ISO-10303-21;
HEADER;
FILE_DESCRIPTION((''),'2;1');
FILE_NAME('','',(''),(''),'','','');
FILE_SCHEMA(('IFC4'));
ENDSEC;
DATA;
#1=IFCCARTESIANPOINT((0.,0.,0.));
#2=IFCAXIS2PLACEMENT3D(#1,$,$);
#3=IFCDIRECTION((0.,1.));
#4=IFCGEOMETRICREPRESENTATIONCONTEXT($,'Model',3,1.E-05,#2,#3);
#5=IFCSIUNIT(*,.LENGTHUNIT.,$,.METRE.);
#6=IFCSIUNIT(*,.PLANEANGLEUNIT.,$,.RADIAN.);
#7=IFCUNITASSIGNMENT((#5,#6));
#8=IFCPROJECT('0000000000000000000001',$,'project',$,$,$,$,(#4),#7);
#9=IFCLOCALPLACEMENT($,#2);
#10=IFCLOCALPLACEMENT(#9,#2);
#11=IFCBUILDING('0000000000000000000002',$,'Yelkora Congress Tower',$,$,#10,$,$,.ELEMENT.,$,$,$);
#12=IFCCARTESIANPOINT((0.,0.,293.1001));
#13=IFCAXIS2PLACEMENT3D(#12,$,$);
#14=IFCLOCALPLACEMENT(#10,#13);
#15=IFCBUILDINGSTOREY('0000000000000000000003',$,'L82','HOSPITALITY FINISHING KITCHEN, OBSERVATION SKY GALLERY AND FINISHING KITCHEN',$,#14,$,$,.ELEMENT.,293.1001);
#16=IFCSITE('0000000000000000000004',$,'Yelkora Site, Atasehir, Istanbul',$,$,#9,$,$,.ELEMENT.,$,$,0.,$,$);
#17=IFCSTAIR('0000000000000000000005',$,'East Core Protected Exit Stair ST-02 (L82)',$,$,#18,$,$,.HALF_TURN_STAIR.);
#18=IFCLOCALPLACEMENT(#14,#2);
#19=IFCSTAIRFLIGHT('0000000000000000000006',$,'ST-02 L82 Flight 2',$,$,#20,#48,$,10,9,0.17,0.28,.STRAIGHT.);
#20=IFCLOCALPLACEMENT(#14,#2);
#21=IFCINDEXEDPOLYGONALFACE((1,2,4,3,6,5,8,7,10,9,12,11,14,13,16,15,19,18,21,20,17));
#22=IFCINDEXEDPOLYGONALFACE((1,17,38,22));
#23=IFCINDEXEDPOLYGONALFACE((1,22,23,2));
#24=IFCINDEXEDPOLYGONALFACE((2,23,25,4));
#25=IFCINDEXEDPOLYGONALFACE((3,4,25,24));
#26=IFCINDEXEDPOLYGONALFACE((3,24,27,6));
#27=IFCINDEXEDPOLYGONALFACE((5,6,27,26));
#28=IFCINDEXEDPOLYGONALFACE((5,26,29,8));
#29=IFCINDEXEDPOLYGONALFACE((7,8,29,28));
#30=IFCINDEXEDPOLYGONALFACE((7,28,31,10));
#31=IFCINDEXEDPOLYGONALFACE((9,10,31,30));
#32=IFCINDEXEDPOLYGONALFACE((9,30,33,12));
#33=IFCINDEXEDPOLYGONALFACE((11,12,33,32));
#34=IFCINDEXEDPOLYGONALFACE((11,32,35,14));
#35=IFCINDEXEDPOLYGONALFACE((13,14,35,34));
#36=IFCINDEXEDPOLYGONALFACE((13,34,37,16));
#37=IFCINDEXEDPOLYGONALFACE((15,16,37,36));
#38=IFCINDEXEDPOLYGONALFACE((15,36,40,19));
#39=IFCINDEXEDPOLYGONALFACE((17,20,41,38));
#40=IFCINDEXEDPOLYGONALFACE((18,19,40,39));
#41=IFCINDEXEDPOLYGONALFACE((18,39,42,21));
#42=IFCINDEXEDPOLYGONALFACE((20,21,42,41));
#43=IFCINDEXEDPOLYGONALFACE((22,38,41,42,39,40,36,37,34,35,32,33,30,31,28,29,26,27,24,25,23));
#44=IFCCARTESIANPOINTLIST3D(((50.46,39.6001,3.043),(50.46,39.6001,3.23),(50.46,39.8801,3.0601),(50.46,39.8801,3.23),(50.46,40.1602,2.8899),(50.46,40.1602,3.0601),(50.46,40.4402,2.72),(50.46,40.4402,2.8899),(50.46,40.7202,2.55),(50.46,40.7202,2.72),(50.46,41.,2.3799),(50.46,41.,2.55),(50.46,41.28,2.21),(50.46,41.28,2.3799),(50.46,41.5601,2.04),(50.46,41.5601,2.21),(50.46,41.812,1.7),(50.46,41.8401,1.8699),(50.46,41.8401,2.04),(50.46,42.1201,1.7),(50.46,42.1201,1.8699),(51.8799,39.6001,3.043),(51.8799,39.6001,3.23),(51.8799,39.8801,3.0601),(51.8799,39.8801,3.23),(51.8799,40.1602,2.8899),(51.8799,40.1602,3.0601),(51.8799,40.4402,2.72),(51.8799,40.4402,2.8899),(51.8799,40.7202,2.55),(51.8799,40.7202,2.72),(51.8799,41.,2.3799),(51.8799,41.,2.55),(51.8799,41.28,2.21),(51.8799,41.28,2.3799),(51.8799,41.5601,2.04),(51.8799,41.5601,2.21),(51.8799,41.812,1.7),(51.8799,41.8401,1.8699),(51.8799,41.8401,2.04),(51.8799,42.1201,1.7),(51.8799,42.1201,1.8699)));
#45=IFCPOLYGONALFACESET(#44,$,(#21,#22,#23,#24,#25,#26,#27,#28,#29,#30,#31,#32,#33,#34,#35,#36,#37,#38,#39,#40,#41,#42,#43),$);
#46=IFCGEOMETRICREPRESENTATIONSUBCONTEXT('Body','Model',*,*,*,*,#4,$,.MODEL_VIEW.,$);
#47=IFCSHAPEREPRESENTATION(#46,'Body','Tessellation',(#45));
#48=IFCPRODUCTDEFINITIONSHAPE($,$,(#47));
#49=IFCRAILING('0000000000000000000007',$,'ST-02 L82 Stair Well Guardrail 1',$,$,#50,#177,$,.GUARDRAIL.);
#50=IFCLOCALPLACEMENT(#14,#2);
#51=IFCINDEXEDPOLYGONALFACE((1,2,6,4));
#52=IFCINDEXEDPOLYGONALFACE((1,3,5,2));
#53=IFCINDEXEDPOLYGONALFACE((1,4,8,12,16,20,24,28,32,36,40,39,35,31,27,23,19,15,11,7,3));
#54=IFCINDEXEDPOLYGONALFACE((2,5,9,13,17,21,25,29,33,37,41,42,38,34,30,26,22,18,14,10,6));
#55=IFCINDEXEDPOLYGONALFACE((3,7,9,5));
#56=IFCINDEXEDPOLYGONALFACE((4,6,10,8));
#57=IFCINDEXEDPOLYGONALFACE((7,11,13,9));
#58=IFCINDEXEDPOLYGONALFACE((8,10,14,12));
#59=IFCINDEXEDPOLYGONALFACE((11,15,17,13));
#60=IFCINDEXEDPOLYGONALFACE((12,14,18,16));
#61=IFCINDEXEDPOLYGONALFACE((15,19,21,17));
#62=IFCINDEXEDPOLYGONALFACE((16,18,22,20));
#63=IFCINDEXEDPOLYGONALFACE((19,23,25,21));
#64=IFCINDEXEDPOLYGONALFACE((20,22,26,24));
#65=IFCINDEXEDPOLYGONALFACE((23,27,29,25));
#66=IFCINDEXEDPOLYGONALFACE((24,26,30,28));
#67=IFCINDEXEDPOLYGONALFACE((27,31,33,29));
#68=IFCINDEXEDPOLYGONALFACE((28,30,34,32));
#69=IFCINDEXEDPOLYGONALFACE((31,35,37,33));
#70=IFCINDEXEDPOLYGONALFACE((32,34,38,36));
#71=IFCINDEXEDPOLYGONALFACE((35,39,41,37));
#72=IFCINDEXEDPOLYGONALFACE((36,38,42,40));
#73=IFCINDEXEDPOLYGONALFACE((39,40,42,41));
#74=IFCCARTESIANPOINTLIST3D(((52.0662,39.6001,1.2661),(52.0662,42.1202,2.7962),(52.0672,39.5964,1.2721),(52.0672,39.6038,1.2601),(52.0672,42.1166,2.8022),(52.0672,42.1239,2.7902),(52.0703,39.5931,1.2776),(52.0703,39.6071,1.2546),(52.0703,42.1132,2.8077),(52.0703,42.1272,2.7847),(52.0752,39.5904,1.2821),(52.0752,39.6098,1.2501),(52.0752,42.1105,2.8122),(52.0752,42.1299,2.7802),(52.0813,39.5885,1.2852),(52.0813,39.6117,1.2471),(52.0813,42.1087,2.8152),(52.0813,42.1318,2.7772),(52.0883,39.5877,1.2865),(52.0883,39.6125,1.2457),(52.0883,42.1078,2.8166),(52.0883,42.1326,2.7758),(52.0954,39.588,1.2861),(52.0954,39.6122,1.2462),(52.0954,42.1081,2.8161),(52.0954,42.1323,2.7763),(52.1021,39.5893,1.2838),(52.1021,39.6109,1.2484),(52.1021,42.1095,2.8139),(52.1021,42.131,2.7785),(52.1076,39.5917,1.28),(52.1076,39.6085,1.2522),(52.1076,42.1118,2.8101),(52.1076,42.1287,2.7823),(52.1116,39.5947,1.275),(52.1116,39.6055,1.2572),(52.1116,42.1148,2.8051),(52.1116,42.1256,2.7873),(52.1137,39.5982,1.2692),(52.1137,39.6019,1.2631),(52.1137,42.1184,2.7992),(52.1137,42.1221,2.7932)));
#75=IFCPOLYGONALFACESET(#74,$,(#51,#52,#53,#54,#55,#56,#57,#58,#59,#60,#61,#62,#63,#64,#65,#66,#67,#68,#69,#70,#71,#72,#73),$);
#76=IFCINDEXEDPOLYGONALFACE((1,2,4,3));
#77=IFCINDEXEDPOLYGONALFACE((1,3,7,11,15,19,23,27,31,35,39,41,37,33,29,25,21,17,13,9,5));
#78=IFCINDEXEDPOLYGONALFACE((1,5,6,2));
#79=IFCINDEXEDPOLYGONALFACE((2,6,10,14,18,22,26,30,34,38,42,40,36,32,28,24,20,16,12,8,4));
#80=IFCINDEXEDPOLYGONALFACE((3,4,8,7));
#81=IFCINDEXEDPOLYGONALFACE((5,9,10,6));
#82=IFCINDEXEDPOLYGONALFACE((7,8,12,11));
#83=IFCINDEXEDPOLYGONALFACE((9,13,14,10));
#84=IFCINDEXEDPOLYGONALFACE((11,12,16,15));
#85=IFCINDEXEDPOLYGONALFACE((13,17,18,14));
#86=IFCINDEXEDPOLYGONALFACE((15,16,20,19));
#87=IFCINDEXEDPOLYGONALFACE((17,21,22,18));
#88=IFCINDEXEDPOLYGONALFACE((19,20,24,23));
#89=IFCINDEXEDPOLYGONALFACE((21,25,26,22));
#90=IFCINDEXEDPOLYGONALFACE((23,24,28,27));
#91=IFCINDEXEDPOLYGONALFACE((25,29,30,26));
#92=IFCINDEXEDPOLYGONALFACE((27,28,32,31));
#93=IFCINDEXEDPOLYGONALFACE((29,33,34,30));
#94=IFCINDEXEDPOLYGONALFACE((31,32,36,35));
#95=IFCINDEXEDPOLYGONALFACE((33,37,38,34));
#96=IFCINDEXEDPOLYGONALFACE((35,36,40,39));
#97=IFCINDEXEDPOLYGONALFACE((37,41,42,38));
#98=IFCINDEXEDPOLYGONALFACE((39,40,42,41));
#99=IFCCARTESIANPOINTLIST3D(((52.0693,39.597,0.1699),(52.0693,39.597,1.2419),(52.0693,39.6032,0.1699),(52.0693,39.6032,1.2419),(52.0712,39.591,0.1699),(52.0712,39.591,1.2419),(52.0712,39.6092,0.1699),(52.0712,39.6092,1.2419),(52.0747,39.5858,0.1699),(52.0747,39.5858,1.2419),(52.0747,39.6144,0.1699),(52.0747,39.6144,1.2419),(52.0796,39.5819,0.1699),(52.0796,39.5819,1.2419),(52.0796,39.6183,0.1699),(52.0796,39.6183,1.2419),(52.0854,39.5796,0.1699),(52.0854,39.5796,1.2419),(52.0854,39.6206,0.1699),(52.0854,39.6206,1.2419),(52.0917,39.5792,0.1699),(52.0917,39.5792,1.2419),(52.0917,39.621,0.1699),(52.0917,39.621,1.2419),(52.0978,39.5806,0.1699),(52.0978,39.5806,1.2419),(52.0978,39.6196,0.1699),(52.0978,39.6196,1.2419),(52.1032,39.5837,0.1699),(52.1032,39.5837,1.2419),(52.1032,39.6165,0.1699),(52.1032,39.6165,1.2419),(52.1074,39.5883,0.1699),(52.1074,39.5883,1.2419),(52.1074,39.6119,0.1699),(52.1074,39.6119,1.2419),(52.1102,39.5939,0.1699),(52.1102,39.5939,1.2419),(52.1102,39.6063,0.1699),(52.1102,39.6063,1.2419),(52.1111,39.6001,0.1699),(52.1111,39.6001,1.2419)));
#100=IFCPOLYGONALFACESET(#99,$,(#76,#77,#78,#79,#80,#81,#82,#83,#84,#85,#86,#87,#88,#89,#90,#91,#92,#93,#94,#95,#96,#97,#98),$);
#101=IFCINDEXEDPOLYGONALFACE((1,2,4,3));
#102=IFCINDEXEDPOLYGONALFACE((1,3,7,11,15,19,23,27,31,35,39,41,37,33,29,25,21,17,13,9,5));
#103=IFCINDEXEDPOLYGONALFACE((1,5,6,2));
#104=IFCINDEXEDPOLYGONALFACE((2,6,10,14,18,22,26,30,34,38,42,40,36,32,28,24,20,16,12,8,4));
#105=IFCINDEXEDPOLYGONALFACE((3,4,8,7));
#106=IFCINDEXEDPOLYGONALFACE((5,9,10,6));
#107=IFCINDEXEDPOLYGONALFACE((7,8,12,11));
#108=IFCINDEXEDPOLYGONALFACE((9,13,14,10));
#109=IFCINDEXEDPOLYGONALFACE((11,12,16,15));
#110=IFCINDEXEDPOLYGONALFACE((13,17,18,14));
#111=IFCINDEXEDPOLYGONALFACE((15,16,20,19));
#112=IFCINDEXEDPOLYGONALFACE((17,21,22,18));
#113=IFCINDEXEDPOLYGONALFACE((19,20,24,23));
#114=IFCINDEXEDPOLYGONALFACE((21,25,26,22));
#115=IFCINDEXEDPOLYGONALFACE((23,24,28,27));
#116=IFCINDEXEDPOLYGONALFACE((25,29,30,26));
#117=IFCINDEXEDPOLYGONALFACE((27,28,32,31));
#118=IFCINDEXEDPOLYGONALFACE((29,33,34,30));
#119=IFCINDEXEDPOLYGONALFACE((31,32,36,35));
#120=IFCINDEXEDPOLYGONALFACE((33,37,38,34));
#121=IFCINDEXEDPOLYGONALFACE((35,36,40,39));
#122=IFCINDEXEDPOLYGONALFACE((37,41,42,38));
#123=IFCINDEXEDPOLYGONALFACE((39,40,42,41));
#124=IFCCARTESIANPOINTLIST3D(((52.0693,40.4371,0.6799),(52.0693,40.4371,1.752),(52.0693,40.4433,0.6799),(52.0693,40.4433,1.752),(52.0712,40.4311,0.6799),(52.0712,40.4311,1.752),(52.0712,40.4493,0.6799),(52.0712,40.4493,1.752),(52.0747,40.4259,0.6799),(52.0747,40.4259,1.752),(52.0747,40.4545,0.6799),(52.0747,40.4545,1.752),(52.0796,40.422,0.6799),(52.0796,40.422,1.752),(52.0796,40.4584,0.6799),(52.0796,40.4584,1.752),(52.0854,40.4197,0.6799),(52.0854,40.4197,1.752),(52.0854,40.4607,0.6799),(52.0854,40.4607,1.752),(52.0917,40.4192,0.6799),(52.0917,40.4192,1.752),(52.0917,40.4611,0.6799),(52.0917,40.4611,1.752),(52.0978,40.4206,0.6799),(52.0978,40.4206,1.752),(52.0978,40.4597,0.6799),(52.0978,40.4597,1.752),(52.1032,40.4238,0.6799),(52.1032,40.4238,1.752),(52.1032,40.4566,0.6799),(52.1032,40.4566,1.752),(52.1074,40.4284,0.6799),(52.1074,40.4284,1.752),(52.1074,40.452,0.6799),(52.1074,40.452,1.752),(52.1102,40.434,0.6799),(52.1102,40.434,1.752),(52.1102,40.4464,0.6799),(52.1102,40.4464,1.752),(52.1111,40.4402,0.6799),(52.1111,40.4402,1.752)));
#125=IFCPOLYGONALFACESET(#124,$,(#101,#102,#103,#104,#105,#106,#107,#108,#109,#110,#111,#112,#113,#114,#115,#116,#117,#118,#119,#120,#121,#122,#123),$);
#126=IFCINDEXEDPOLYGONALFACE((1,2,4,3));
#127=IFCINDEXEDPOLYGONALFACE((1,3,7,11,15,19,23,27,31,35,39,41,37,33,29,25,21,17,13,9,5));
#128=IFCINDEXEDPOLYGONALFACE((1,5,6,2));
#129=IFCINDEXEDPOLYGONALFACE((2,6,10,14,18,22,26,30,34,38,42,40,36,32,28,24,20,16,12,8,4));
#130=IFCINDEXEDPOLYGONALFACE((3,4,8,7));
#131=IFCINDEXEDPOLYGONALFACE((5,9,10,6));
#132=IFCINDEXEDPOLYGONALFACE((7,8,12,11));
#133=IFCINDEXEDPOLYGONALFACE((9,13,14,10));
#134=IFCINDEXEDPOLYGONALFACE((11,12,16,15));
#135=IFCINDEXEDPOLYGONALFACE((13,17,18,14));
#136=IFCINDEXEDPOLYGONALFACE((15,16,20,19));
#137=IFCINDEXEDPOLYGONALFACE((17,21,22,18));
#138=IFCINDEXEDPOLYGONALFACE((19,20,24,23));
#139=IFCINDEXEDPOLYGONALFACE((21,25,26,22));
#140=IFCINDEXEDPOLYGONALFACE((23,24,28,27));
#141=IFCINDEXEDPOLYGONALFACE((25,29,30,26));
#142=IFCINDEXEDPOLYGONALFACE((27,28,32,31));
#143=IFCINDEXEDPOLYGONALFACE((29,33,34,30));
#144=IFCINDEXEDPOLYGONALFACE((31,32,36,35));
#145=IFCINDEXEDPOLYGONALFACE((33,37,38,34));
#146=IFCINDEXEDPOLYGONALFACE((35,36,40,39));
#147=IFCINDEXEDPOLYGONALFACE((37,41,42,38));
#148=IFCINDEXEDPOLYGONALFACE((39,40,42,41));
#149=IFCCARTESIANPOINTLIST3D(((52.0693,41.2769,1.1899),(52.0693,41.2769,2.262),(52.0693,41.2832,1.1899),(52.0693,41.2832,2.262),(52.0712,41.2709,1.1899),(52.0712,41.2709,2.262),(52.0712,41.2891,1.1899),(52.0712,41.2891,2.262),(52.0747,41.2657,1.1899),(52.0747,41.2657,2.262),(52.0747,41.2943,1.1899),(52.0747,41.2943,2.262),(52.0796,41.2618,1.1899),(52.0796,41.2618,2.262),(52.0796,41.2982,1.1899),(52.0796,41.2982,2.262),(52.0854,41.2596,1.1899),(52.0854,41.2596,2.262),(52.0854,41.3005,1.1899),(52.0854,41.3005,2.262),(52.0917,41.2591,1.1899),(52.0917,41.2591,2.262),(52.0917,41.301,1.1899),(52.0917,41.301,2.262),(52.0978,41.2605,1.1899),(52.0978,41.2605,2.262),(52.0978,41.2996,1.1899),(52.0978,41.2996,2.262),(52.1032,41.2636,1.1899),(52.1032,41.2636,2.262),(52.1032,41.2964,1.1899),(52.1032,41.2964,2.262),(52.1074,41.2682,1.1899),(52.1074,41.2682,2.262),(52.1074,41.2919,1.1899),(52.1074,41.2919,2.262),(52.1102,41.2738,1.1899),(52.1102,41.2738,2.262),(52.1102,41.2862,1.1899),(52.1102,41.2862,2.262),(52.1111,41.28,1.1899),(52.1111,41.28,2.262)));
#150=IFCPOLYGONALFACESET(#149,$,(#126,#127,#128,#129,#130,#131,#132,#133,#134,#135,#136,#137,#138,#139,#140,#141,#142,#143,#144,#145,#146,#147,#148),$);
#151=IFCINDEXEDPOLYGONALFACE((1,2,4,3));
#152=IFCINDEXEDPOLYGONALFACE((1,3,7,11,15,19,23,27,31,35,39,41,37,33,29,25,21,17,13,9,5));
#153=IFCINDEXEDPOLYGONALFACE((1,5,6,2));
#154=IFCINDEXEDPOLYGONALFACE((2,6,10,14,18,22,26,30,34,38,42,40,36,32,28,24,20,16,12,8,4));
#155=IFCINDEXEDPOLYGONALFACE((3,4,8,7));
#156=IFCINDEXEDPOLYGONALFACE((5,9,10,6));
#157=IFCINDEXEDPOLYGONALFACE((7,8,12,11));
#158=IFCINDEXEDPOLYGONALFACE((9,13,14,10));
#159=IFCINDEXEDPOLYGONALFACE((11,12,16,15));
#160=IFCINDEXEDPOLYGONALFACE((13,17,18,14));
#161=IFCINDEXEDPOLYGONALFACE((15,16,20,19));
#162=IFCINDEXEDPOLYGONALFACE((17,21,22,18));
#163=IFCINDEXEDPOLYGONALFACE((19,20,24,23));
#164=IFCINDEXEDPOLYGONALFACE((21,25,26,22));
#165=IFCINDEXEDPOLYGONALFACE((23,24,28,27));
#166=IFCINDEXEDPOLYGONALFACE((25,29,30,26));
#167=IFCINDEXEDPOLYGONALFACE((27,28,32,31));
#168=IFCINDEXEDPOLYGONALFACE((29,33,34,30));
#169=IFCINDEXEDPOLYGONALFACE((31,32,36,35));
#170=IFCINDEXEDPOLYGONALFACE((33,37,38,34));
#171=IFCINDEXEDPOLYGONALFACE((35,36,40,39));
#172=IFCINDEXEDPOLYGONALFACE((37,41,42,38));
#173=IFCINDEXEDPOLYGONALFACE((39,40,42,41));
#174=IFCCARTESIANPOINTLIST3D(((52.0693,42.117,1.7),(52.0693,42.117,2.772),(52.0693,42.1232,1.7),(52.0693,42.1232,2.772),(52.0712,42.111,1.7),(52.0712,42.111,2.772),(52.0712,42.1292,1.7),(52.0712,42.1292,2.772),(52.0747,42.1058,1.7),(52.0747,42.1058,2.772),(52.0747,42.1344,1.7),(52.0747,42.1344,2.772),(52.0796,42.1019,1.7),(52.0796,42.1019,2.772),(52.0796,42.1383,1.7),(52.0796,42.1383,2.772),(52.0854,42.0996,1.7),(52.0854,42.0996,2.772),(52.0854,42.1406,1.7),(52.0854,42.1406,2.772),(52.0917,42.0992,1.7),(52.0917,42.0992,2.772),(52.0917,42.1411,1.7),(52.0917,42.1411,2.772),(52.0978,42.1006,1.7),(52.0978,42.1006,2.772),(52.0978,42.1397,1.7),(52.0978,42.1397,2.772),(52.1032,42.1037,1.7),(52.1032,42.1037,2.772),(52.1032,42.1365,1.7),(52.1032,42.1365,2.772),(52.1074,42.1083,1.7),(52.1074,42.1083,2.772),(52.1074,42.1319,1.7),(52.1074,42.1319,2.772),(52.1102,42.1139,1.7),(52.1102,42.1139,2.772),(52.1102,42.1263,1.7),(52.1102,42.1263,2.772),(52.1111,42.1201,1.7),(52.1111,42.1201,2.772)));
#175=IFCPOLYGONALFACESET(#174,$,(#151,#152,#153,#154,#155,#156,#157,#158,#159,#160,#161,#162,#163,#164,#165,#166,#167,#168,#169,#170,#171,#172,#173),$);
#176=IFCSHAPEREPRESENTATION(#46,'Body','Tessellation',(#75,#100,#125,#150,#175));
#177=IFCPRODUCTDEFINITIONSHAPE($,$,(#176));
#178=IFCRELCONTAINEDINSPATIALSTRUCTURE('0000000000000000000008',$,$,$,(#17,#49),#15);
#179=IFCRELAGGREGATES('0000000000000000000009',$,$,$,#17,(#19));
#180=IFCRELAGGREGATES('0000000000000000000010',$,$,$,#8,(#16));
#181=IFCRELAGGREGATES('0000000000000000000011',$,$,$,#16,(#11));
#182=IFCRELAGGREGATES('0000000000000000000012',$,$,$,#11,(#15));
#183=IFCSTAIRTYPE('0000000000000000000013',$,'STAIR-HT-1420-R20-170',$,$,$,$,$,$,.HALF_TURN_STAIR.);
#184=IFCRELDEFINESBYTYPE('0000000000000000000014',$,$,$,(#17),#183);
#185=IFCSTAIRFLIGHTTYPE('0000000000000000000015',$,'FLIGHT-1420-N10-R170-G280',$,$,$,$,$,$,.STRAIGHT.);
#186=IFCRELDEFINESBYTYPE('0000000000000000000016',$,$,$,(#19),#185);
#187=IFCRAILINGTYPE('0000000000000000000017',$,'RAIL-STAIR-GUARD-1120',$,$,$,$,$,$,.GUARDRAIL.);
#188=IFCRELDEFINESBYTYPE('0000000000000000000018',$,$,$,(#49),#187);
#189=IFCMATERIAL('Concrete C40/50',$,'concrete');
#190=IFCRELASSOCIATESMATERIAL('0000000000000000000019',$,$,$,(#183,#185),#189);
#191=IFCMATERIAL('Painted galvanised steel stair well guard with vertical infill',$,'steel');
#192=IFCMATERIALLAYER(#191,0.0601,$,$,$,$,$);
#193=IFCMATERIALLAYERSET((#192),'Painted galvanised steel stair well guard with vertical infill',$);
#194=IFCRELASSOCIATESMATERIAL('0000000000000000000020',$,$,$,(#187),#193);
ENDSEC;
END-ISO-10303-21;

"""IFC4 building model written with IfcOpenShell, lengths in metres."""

from ifc_helpers import new_model, si_unit, direction, frame, origin, origin_2d, place, context, subcontext, project, spatial, polyline, circle, outline, extrude, material, layer, layer_set, type_object, element, aggregate, save


model = new_model("IFC4")

# Units and contexts
model_context = context("Model", 3, precision=1e-05, world=origin(), true_north=direction((0.0, 1.0)))
body_context = subcontext(model_context, "Body", "Model", "MODEL_VIEW")
ifc_project = project(units=[si_unit("LENGTHUNIT", "METRE"), si_unit("PLANEANGLEUNIT", "RADIAN")], contexts=[model_context])

# Site, building, storey
site_placement = place(None, origin())
site = spatial("IfcSite", under=ifc_project, at=site_placement, Name="Yelkora Site, Atasehir, Istanbul", CompositionType="ELEMENT", RefElevation=0.0)
building_placement = place(site_placement, origin())
building = spatial("IfcBuilding", under=site, at=building_placement, Name="Yelkora Congress Tower", CompositionType="ELEMENT")
storey_placement = place(building_placement, frame((0.0, 0.0, 293.1001)))
storey = spatial("IfcBuildingStorey", under=building, at=storey_placement, Name="L82", Description="HOSPITALITY FINISHING KITCHEN, OBSERVATION SKY GALLERY AND FINISHING KITCHEN", CompositionType="ELEMENT", Elevation=293.1001)

# Stair, stair flight
ifc_material_1 = material(Name="Concrete C40/50", Category="concrete")
stair_type = type_object("IfcStairType", Name="STAIR-HT-1420-R20-170", PredefinedType="HALF_TURN_STAIR", material=ifc_material_1)
stair_placement = place(storey_placement, origin())
stair = element("IfcStair", 1, at=stair_placement, inside=storey, type_object=stair_type, Name="East Core Protected Exit Stair ST-02 (L82)", PredefinedType="HALF_TURN_STAIR")
stair_flight_type = type_object("IfcStairFlightType", Name="FLIGHT-1420-N10-R170-G280", PredefinedType="STRAIGHT", material=ifc_material_1)
stair_flight_1_placement = place(storey_placement, frame((51.1699, 42.1201, 1.7), z_axis=(0.0, 0.0, 1.0), x_axis=(0.0, -1.0, 0.0)))
stair_flight_1 = element("IfcStairFlight", 2, at=stair_flight_1_placement, type_object=stair_flight_type, Name="ST-02 L82 Flight 2", NumberOfRisers=10, NumberOfTreads=9, PredefinedType="STRAIGHT", RiserHeight=0.17, TreadLength=0.28, context=body_context, shape_type="SweptSolid", body=[
    extrude(outline(polyline([(0.0, 0.0), (0.0, 0.1699), (0.28, 0.1699), (0.28, 0.3401), (0.5601, 0.3401), (0.5601, 0.51), (0.8401, 0.51), (0.8401, 0.6799), (1.1201, 0.6799), (1.1201, 0.8501), (1.3999, 0.8501), (1.3999, 1.02), (1.6799, 1.02), (1.6799, 1.1899), (1.96, 1.1899), (1.96, 1.3601), (2.24, 1.3601), (2.24, 1.53), (2.52, 1.53), (2.52, 1.7), (2.52, 1.343), (0.3081, 0.0), (0.0, 0.0)])), frame((0.0, 0.71, 0.0), z_axis=(0.0, -1.0, 0.0), x_axis=(1.0, 0.0, 0.0)), (0.0, 0.0, 1.0), 1.4199),
])
aggregate(stair, [stair_flight_1])

# Railing
ifc_material_2 = material(Name="Painted galvanised steel stair well guard with vertical infill", Category="steel")
ifc_layer_1 = layer(ifc_material_2, 0.0601)
ifc_layer_set_1 = layer_set([ifc_layer_1], Name="Painted galvanised steel stair well guard with vertical infill")
railing_type_1 = type_object("IfcRailingType", Name="RAIL-STAIR-GUARD-1120", PredefinedType="GUARDRAIL", material=ifc_layer_set_1)
railing_1_placement = place(storey_placement, frame((52.0901, 39.6001, 0.1699)))
element("IfcRailing", 3, at=railing_1_placement, inside=storey, type_object=railing_type_1, Name="ST-02 L82 Stair Well Guardrail 1", PredefinedType="GUARDRAIL", context=body_context, shape_type="SweptSolid", body=[
    extrude(circle(Radius=0.0239, at=origin_2d()), frame((0.0, 0.0, 1.0962), z_axis=(0.0, 0.854785, 0.518982), x_axis=(-1.0, 0.0, 0.0)), (0.0, 0.0, 1.0), 2.9482),
    extrude(circle(Radius=0.021, at=origin_2d()), origin(), (0.0, 0.0, 1.0), 1.072),
    extrude(circle(Radius=0.021, at=origin_2d()), frame((0.0, 0.8401, 0.51)), (0.0, 0.0, 1.0), 1.072),
    extrude(circle(Radius=0.021, at=origin_2d()), frame((0.0, 1.6799, 1.02)), (0.0, 0.0, 1.0), 1.072),
    extrude(circle(Radius=0.021, at=origin_2d()), frame((0.0, 2.52, 1.53)), (0.0, 0.0, 1.0), 1.072),
])

save(model, "model.ifc")
